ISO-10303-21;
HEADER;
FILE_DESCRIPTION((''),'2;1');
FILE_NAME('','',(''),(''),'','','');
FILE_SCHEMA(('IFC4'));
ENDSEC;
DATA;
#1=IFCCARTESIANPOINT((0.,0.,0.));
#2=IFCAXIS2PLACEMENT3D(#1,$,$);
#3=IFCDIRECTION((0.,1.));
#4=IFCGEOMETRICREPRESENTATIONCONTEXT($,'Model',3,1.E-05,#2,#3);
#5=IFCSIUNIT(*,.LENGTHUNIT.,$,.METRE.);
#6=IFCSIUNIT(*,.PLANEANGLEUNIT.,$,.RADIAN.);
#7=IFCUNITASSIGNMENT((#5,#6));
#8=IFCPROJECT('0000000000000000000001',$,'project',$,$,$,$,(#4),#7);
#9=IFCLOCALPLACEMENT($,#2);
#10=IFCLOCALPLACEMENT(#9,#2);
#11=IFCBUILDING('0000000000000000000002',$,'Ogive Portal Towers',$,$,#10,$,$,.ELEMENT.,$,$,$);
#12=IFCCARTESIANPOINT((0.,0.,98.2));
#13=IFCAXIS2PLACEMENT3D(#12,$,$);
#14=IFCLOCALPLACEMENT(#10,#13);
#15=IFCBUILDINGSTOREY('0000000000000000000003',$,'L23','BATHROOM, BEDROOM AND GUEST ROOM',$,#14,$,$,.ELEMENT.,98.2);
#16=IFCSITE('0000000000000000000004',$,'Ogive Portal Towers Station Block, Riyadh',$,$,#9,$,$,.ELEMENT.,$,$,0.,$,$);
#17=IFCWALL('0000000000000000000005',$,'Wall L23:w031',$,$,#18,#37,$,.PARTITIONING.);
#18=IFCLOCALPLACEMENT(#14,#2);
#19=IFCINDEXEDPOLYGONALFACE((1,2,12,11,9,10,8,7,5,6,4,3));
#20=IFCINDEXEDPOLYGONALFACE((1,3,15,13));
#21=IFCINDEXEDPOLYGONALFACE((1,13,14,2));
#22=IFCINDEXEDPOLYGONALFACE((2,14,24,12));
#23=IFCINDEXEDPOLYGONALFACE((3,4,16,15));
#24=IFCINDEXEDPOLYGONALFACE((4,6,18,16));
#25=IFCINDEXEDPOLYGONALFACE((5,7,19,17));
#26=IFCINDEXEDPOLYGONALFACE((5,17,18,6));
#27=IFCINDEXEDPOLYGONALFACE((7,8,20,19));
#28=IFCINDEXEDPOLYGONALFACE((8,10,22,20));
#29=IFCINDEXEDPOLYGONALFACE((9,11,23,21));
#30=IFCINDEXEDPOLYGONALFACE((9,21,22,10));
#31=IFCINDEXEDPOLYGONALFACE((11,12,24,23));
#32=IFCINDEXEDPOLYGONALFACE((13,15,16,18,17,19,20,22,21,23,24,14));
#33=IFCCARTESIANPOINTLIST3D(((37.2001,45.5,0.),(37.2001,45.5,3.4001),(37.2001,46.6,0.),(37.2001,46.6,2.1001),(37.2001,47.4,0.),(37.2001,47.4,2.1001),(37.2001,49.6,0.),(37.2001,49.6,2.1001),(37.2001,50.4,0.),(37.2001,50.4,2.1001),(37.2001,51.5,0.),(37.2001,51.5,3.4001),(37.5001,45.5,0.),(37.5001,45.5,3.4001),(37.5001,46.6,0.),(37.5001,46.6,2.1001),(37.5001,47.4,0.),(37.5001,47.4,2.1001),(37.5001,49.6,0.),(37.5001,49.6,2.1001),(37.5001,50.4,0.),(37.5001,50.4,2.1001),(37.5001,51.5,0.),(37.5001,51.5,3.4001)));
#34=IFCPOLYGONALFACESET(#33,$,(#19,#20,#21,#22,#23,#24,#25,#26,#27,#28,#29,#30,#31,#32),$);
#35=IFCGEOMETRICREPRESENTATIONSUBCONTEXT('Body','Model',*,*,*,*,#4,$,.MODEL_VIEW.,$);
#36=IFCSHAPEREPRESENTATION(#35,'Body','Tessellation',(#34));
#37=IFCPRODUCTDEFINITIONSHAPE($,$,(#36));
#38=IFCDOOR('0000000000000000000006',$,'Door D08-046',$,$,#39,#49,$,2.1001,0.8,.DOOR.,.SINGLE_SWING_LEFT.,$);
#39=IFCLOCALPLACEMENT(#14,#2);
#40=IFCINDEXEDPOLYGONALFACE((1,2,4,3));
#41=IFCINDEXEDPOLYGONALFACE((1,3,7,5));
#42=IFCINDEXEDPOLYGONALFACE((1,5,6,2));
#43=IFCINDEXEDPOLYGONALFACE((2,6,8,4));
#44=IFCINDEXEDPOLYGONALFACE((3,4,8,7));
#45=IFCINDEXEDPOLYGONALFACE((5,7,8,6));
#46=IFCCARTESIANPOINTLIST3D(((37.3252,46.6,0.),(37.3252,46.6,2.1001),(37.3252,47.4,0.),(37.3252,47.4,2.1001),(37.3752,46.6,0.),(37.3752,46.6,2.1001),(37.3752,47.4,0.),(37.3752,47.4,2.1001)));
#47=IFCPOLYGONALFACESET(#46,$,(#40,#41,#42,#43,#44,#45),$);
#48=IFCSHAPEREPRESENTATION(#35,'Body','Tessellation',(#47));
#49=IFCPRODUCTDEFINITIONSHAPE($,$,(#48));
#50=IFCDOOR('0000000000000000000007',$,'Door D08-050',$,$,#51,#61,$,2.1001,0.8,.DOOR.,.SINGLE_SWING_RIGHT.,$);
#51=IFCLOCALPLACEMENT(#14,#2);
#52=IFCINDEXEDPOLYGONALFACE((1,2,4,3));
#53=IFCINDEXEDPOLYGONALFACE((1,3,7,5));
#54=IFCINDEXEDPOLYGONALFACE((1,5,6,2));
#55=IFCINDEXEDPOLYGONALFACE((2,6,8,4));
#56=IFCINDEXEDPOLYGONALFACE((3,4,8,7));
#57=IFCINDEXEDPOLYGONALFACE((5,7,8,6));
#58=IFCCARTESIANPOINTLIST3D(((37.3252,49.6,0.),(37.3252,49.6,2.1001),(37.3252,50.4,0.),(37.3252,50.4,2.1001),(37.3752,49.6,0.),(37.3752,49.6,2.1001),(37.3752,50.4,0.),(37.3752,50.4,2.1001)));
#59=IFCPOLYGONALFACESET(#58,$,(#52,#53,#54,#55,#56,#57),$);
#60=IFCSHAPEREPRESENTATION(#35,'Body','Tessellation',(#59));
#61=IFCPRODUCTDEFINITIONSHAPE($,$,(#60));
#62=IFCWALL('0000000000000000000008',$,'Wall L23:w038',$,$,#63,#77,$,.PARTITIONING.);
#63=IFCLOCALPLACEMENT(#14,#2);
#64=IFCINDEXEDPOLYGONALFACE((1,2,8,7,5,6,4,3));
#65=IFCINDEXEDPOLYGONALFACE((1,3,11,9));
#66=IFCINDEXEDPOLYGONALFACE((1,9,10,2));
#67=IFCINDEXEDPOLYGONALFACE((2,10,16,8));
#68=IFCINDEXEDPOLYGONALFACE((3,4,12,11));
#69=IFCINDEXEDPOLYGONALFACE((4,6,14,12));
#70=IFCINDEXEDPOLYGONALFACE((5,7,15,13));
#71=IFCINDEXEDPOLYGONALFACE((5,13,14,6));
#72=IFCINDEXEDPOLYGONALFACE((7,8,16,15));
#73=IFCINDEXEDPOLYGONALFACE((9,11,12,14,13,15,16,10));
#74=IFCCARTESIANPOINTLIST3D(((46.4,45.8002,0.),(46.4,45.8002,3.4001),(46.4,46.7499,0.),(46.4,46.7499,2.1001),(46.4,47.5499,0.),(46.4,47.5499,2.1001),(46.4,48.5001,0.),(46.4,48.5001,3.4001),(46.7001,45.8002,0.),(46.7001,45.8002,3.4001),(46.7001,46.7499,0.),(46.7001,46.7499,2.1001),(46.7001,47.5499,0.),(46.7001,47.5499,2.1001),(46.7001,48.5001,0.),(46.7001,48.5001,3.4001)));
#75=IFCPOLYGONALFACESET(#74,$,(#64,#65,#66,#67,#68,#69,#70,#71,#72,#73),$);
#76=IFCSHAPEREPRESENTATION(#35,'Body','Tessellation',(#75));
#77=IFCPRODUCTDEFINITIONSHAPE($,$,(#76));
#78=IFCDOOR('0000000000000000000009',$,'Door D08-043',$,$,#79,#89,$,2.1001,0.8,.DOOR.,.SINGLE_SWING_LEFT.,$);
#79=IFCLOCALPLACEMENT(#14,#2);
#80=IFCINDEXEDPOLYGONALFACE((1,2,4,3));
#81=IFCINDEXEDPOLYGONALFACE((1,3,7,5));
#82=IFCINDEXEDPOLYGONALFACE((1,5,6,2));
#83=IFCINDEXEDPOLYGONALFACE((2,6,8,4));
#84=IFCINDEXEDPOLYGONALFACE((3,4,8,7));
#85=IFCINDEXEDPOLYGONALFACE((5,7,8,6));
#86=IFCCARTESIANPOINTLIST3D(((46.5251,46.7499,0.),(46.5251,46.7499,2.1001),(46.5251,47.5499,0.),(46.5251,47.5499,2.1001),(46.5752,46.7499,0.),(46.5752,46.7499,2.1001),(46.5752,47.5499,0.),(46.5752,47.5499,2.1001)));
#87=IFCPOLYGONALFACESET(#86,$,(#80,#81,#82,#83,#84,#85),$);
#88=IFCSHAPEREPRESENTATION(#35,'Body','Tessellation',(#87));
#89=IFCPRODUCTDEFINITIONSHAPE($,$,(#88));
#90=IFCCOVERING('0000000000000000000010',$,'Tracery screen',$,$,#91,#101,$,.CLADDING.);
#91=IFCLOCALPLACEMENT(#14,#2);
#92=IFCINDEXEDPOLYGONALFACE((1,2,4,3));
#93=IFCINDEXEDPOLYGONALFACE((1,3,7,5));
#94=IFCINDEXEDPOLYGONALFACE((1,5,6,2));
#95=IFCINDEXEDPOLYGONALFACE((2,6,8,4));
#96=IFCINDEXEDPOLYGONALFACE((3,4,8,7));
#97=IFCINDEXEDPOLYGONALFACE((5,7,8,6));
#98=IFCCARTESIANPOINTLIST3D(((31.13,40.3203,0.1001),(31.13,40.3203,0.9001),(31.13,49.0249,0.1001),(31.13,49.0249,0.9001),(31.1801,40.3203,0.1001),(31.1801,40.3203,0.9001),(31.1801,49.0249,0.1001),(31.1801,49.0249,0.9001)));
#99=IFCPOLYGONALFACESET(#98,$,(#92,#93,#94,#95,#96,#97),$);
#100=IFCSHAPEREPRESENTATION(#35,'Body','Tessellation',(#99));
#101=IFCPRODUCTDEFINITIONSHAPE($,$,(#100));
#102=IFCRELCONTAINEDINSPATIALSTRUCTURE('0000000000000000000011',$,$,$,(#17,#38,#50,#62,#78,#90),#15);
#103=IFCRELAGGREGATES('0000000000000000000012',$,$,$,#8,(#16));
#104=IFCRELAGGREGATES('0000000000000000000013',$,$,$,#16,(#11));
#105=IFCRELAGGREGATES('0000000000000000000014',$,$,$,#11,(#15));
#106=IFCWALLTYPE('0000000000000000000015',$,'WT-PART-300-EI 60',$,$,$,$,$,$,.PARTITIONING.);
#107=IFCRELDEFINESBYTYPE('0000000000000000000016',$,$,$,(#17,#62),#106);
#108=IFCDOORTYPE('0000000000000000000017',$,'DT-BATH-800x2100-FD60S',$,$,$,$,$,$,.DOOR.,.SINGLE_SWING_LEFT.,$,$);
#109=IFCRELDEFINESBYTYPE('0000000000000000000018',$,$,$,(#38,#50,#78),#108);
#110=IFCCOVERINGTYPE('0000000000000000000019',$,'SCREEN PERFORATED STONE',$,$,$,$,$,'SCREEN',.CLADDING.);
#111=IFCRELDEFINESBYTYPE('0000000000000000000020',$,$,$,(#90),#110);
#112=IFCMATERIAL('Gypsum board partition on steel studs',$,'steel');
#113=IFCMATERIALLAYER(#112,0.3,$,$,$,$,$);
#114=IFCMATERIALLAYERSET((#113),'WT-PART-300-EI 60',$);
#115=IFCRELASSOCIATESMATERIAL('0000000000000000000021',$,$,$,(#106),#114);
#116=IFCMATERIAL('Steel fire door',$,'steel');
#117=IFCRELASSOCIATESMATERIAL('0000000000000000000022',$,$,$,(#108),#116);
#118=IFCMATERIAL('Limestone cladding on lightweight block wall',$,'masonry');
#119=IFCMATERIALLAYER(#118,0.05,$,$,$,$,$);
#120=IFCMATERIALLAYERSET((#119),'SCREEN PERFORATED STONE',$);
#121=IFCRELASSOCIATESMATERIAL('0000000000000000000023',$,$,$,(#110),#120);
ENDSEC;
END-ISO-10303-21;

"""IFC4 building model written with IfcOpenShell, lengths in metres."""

from ifc_helpers import new_model, si_unit, direction, frame, frame_2d, origin, origin_2d, place, context, subcontext, project, spatial, rectangle, extrude, material, layer, layer_set, type_object, element, fill, save


model = new_model("IFC4")

# Units and contexts
model_context = context("Model", 3, precision=1e-05, world=origin(), true_north=direction((0.0, 1.0)))
body_context = subcontext(model_context, "Body", "Model", "MODEL_VIEW")
ifc_project = project(units=[si_unit("LENGTHUNIT", "METRE"), si_unit("PLANEANGLEUNIT", "RADIAN")], contexts=[model_context])

# Site, building, storey
site_placement = place(None, origin())
site = spatial("IfcSite", under=ifc_project, at=site_placement, Name="Ogive Portal Towers Station Block, Riyadh", CompositionType="ELEMENT", RefElevation=0.0)
building_placement = place(site_placement, origin())
building = spatial("IfcBuilding", under=site, at=building_placement, Name="Ogive Portal Towers", CompositionType="ELEMENT")
storey_placement = place(building_placement, frame((0.0, 0.0, 98.2)))
storey = spatial("IfcBuildingStorey", under=building, at=storey_placement, Name="L23", Description="BATHROOM, BEDROOM AND GUEST ROOM", CompositionType="ELEMENT", Elevation=98.2)

# Shared definitions
ifc_material_1 = material(Name="Gypsum board partition on steel studs", Category="steel")
ifc_layer_1 = layer(ifc_material_1, 0.3)
ifc_layer_set_1 = layer_set([ifc_layer_1], Name="WT-PART-300-EI 60")
wall_type = type_object("IfcWallType", Name="WT-PART-300-EI 60", PredefinedType="PARTITIONING", material=ifc_layer_set_1)

# Wall, openings, doors
wall_1_placement = place(storey_placement, frame((37.3501, 45.5, 0.0), z_axis=(0.0, 0.0, 1.0), x_axis=(0.0, 1.0, 0.0)))
wall_1 = element("IfcWall", 1, at=wall_1_placement, inside=storey, type_object=wall_type, Name="Wall L23:w031", PredefinedType="PARTITIONING", context=body_context, shape_type="SweptSolid", body=[
    extrude(rectangle(XDim=6.0, YDim=0.3, at=frame_2d((3.0, 0.0))), origin(), (0.0, 0.0, 1.0), 3.4001),
])
opening_1_placement = place(wall_1_placement, frame((1.1001, 0.0, 0.0)))
opening_1 = element("IfcOpeningElement", 2, at=opening_1_placement, cuts=wall_1, PredefinedType="OPENING", context=body_context, shape_type="SweptSolid", body=[
    extrude(rectangle(XDim=0.8, YDim=2.1001, at=frame_2d((0.3999, 1.05))), frame((0.0, 0.1602, 0.0), z_axis=(0.0, -1.0, 0.0), x_axis=(1.0, 0.0, 0.0)), (0.0, 0.0, 1.0), 0.3201),
])
opening_2_placement = place(wall_1_placement, frame((4.1001, 0.0, 0.0)))
opening_2 = element("IfcOpeningElement", 3, at=opening_2_placement, cuts=wall_1, PredefinedType="OPENING", context=body_context, shape_type="SweptSolid", body=[
    extrude(rectangle(XDim=0.8, YDim=2.1001, at=frame_2d((0.3999, 1.05))), frame((0.0, 0.1602, 0.0), z_axis=(0.0, -1.0, 0.0), x_axis=(1.0, 0.0, 0.0)), (0.0, 0.0, 1.0), 0.3201),
])
ifc_material_2 = material(Name="Steel fire door", Category="steel")
door_type = type_object("IfcDoorType", Name="DT-BATH-800x2100-FD60S", OperationType="SINGLE_SWING_LEFT", PredefinedType="DOOR", material=ifc_material_2)
door_1_placement = place(opening_1_placement, origin())
door_1 = element("IfcDoor", 4, at=door_1_placement, inside=storey, type_object=door_type, Name="Door D08-046", OperationType="SINGLE_SWING_LEFT", OverallHeight=2.1001, OverallWidth=0.8, PredefinedType="DOOR", context=body_context, shape_type="SweptSolid", body=[
    extrude(rectangle(XDim=0.8, YDim=2.1001, at=frame_2d((0.3999, 1.05))), frame((0.0, 0.0249, 0.0), z_axis=(0.0, -1.0, 0.0), x_axis=(1.0, 0.0, 0.0)), (0.0, 0.0, 1.0), 0.05),
])
fill(opening_1, door_1)
door_2_placement = place(opening_2_placement, origin())
door_2 = element("IfcDoor", 5, at=door_2_placement, inside=storey, type_object=door_type, Name="Door D08-050", OperationType="SINGLE_SWING_RIGHT", OverallHeight=2.1001, OverallWidth=0.8, PredefinedType="DOOR", context=body_context, shape_type="SweptSolid", body=[
    extrude(rectangle(XDim=0.8, YDim=2.1001, at=frame_2d((0.3999, 1.05))), frame((0.0, 0.0249, 0.0), z_axis=(0.0, -1.0, 0.0), x_axis=(1.0, 0.0, 0.0)), (0.0, 0.0, 1.0), 0.05),
])
fill(opening_2, door_2)

# Wall, opening, door
wall_2_placement = place(storey_placement, frame((46.55, 45.8, 0.0), z_axis=(0.0, 0.0, 1.0), x_axis=(0.0, 1.0, 0.0)))
wall_2 = element("IfcWall", 6, at=wall_2_placement, inside=storey, type_object=wall_type, Name="Wall L23:w038", PredefinedType="PARTITIONING", context=body_context, shape_type="SweptSolid", body=[
    extrude(rectangle(XDim=2.7, YDim=0.3, at=frame_2d((1.3501, 0.0))), origin(), (0.0, 0.0, 1.0), 3.4001),
])
opening_3_placement = place(wall_2_placement, frame((0.95, 0.0, 0.0)))
opening_3 = element("IfcOpeningElement", 7, at=opening_3_placement, cuts=wall_2, PredefinedType="OPENING", context=body_context, shape_type="SweptSolid", body=[
    extrude(rectangle(XDim=0.8, YDim=2.1001, at=frame_2d((0.3999, 1.05))), frame((0.0, 0.1602, 0.0), z_axis=(0.0, -1.0, 0.0), x_axis=(1.0, 0.0, 0.0)), (0.0, 0.0, 1.0), 0.3201),
])
door_3_placement = place(opening_3_placement, origin())
door_3 = element("IfcDoor", 8, at=door_3_placement, inside=storey, type_object=door_type, Name="Door D08-043", OperationType="SINGLE_SWING_LEFT", OverallHeight=2.1001, OverallWidth=0.8, PredefinedType="DOOR", context=body_context, shape_type="SweptSolid", body=[
    extrude(rectangle(XDim=0.8, YDim=2.1001, at=frame_2d((0.3999, 1.05))), frame((0.0, 0.0249, 0.0), z_axis=(0.0, -1.0, 0.0), x_axis=(1.0, 0.0, 0.0)), (0.0, 0.0, 1.0), 0.05),
])
fill(opening_3, door_3)

# Covering
ifc_material_3 = material(Name="Limestone cladding on lightweight block wall", Category="masonry")
ifc_layer_2 = layer(ifc_material_3, 0.05)
ifc_layer_set_2 = layer_set([ifc_layer_2], Name="SCREEN PERFORATED STONE")
covering_type = type_object("IfcCoveringType", Name="SCREEN PERFORATED STONE", ElementType="SCREEN", PredefinedType="CLADDING", material=ifc_layer_set_2)
covering_placement = place(storey_placement, frame((31.155, 44.6726, 0.1001), z_axis=(0.0, 0.0, 1.0), x_axis=(0.0, -1.0, 0.0)))
element("IfcCovering", 9, at=covering_placement, inside=storey, type_object=covering_type, Name="Tracery screen", PredefinedType="CLADDING", context=body_context, shape_type="SweptSolid", body=[
    extrude(rectangle(XDim=8.7046, YDim=0.05, at=origin_2d()), origin(), (0.0, 0.0, 1.0), 0.8),
])

save(model, "model.ifc")
